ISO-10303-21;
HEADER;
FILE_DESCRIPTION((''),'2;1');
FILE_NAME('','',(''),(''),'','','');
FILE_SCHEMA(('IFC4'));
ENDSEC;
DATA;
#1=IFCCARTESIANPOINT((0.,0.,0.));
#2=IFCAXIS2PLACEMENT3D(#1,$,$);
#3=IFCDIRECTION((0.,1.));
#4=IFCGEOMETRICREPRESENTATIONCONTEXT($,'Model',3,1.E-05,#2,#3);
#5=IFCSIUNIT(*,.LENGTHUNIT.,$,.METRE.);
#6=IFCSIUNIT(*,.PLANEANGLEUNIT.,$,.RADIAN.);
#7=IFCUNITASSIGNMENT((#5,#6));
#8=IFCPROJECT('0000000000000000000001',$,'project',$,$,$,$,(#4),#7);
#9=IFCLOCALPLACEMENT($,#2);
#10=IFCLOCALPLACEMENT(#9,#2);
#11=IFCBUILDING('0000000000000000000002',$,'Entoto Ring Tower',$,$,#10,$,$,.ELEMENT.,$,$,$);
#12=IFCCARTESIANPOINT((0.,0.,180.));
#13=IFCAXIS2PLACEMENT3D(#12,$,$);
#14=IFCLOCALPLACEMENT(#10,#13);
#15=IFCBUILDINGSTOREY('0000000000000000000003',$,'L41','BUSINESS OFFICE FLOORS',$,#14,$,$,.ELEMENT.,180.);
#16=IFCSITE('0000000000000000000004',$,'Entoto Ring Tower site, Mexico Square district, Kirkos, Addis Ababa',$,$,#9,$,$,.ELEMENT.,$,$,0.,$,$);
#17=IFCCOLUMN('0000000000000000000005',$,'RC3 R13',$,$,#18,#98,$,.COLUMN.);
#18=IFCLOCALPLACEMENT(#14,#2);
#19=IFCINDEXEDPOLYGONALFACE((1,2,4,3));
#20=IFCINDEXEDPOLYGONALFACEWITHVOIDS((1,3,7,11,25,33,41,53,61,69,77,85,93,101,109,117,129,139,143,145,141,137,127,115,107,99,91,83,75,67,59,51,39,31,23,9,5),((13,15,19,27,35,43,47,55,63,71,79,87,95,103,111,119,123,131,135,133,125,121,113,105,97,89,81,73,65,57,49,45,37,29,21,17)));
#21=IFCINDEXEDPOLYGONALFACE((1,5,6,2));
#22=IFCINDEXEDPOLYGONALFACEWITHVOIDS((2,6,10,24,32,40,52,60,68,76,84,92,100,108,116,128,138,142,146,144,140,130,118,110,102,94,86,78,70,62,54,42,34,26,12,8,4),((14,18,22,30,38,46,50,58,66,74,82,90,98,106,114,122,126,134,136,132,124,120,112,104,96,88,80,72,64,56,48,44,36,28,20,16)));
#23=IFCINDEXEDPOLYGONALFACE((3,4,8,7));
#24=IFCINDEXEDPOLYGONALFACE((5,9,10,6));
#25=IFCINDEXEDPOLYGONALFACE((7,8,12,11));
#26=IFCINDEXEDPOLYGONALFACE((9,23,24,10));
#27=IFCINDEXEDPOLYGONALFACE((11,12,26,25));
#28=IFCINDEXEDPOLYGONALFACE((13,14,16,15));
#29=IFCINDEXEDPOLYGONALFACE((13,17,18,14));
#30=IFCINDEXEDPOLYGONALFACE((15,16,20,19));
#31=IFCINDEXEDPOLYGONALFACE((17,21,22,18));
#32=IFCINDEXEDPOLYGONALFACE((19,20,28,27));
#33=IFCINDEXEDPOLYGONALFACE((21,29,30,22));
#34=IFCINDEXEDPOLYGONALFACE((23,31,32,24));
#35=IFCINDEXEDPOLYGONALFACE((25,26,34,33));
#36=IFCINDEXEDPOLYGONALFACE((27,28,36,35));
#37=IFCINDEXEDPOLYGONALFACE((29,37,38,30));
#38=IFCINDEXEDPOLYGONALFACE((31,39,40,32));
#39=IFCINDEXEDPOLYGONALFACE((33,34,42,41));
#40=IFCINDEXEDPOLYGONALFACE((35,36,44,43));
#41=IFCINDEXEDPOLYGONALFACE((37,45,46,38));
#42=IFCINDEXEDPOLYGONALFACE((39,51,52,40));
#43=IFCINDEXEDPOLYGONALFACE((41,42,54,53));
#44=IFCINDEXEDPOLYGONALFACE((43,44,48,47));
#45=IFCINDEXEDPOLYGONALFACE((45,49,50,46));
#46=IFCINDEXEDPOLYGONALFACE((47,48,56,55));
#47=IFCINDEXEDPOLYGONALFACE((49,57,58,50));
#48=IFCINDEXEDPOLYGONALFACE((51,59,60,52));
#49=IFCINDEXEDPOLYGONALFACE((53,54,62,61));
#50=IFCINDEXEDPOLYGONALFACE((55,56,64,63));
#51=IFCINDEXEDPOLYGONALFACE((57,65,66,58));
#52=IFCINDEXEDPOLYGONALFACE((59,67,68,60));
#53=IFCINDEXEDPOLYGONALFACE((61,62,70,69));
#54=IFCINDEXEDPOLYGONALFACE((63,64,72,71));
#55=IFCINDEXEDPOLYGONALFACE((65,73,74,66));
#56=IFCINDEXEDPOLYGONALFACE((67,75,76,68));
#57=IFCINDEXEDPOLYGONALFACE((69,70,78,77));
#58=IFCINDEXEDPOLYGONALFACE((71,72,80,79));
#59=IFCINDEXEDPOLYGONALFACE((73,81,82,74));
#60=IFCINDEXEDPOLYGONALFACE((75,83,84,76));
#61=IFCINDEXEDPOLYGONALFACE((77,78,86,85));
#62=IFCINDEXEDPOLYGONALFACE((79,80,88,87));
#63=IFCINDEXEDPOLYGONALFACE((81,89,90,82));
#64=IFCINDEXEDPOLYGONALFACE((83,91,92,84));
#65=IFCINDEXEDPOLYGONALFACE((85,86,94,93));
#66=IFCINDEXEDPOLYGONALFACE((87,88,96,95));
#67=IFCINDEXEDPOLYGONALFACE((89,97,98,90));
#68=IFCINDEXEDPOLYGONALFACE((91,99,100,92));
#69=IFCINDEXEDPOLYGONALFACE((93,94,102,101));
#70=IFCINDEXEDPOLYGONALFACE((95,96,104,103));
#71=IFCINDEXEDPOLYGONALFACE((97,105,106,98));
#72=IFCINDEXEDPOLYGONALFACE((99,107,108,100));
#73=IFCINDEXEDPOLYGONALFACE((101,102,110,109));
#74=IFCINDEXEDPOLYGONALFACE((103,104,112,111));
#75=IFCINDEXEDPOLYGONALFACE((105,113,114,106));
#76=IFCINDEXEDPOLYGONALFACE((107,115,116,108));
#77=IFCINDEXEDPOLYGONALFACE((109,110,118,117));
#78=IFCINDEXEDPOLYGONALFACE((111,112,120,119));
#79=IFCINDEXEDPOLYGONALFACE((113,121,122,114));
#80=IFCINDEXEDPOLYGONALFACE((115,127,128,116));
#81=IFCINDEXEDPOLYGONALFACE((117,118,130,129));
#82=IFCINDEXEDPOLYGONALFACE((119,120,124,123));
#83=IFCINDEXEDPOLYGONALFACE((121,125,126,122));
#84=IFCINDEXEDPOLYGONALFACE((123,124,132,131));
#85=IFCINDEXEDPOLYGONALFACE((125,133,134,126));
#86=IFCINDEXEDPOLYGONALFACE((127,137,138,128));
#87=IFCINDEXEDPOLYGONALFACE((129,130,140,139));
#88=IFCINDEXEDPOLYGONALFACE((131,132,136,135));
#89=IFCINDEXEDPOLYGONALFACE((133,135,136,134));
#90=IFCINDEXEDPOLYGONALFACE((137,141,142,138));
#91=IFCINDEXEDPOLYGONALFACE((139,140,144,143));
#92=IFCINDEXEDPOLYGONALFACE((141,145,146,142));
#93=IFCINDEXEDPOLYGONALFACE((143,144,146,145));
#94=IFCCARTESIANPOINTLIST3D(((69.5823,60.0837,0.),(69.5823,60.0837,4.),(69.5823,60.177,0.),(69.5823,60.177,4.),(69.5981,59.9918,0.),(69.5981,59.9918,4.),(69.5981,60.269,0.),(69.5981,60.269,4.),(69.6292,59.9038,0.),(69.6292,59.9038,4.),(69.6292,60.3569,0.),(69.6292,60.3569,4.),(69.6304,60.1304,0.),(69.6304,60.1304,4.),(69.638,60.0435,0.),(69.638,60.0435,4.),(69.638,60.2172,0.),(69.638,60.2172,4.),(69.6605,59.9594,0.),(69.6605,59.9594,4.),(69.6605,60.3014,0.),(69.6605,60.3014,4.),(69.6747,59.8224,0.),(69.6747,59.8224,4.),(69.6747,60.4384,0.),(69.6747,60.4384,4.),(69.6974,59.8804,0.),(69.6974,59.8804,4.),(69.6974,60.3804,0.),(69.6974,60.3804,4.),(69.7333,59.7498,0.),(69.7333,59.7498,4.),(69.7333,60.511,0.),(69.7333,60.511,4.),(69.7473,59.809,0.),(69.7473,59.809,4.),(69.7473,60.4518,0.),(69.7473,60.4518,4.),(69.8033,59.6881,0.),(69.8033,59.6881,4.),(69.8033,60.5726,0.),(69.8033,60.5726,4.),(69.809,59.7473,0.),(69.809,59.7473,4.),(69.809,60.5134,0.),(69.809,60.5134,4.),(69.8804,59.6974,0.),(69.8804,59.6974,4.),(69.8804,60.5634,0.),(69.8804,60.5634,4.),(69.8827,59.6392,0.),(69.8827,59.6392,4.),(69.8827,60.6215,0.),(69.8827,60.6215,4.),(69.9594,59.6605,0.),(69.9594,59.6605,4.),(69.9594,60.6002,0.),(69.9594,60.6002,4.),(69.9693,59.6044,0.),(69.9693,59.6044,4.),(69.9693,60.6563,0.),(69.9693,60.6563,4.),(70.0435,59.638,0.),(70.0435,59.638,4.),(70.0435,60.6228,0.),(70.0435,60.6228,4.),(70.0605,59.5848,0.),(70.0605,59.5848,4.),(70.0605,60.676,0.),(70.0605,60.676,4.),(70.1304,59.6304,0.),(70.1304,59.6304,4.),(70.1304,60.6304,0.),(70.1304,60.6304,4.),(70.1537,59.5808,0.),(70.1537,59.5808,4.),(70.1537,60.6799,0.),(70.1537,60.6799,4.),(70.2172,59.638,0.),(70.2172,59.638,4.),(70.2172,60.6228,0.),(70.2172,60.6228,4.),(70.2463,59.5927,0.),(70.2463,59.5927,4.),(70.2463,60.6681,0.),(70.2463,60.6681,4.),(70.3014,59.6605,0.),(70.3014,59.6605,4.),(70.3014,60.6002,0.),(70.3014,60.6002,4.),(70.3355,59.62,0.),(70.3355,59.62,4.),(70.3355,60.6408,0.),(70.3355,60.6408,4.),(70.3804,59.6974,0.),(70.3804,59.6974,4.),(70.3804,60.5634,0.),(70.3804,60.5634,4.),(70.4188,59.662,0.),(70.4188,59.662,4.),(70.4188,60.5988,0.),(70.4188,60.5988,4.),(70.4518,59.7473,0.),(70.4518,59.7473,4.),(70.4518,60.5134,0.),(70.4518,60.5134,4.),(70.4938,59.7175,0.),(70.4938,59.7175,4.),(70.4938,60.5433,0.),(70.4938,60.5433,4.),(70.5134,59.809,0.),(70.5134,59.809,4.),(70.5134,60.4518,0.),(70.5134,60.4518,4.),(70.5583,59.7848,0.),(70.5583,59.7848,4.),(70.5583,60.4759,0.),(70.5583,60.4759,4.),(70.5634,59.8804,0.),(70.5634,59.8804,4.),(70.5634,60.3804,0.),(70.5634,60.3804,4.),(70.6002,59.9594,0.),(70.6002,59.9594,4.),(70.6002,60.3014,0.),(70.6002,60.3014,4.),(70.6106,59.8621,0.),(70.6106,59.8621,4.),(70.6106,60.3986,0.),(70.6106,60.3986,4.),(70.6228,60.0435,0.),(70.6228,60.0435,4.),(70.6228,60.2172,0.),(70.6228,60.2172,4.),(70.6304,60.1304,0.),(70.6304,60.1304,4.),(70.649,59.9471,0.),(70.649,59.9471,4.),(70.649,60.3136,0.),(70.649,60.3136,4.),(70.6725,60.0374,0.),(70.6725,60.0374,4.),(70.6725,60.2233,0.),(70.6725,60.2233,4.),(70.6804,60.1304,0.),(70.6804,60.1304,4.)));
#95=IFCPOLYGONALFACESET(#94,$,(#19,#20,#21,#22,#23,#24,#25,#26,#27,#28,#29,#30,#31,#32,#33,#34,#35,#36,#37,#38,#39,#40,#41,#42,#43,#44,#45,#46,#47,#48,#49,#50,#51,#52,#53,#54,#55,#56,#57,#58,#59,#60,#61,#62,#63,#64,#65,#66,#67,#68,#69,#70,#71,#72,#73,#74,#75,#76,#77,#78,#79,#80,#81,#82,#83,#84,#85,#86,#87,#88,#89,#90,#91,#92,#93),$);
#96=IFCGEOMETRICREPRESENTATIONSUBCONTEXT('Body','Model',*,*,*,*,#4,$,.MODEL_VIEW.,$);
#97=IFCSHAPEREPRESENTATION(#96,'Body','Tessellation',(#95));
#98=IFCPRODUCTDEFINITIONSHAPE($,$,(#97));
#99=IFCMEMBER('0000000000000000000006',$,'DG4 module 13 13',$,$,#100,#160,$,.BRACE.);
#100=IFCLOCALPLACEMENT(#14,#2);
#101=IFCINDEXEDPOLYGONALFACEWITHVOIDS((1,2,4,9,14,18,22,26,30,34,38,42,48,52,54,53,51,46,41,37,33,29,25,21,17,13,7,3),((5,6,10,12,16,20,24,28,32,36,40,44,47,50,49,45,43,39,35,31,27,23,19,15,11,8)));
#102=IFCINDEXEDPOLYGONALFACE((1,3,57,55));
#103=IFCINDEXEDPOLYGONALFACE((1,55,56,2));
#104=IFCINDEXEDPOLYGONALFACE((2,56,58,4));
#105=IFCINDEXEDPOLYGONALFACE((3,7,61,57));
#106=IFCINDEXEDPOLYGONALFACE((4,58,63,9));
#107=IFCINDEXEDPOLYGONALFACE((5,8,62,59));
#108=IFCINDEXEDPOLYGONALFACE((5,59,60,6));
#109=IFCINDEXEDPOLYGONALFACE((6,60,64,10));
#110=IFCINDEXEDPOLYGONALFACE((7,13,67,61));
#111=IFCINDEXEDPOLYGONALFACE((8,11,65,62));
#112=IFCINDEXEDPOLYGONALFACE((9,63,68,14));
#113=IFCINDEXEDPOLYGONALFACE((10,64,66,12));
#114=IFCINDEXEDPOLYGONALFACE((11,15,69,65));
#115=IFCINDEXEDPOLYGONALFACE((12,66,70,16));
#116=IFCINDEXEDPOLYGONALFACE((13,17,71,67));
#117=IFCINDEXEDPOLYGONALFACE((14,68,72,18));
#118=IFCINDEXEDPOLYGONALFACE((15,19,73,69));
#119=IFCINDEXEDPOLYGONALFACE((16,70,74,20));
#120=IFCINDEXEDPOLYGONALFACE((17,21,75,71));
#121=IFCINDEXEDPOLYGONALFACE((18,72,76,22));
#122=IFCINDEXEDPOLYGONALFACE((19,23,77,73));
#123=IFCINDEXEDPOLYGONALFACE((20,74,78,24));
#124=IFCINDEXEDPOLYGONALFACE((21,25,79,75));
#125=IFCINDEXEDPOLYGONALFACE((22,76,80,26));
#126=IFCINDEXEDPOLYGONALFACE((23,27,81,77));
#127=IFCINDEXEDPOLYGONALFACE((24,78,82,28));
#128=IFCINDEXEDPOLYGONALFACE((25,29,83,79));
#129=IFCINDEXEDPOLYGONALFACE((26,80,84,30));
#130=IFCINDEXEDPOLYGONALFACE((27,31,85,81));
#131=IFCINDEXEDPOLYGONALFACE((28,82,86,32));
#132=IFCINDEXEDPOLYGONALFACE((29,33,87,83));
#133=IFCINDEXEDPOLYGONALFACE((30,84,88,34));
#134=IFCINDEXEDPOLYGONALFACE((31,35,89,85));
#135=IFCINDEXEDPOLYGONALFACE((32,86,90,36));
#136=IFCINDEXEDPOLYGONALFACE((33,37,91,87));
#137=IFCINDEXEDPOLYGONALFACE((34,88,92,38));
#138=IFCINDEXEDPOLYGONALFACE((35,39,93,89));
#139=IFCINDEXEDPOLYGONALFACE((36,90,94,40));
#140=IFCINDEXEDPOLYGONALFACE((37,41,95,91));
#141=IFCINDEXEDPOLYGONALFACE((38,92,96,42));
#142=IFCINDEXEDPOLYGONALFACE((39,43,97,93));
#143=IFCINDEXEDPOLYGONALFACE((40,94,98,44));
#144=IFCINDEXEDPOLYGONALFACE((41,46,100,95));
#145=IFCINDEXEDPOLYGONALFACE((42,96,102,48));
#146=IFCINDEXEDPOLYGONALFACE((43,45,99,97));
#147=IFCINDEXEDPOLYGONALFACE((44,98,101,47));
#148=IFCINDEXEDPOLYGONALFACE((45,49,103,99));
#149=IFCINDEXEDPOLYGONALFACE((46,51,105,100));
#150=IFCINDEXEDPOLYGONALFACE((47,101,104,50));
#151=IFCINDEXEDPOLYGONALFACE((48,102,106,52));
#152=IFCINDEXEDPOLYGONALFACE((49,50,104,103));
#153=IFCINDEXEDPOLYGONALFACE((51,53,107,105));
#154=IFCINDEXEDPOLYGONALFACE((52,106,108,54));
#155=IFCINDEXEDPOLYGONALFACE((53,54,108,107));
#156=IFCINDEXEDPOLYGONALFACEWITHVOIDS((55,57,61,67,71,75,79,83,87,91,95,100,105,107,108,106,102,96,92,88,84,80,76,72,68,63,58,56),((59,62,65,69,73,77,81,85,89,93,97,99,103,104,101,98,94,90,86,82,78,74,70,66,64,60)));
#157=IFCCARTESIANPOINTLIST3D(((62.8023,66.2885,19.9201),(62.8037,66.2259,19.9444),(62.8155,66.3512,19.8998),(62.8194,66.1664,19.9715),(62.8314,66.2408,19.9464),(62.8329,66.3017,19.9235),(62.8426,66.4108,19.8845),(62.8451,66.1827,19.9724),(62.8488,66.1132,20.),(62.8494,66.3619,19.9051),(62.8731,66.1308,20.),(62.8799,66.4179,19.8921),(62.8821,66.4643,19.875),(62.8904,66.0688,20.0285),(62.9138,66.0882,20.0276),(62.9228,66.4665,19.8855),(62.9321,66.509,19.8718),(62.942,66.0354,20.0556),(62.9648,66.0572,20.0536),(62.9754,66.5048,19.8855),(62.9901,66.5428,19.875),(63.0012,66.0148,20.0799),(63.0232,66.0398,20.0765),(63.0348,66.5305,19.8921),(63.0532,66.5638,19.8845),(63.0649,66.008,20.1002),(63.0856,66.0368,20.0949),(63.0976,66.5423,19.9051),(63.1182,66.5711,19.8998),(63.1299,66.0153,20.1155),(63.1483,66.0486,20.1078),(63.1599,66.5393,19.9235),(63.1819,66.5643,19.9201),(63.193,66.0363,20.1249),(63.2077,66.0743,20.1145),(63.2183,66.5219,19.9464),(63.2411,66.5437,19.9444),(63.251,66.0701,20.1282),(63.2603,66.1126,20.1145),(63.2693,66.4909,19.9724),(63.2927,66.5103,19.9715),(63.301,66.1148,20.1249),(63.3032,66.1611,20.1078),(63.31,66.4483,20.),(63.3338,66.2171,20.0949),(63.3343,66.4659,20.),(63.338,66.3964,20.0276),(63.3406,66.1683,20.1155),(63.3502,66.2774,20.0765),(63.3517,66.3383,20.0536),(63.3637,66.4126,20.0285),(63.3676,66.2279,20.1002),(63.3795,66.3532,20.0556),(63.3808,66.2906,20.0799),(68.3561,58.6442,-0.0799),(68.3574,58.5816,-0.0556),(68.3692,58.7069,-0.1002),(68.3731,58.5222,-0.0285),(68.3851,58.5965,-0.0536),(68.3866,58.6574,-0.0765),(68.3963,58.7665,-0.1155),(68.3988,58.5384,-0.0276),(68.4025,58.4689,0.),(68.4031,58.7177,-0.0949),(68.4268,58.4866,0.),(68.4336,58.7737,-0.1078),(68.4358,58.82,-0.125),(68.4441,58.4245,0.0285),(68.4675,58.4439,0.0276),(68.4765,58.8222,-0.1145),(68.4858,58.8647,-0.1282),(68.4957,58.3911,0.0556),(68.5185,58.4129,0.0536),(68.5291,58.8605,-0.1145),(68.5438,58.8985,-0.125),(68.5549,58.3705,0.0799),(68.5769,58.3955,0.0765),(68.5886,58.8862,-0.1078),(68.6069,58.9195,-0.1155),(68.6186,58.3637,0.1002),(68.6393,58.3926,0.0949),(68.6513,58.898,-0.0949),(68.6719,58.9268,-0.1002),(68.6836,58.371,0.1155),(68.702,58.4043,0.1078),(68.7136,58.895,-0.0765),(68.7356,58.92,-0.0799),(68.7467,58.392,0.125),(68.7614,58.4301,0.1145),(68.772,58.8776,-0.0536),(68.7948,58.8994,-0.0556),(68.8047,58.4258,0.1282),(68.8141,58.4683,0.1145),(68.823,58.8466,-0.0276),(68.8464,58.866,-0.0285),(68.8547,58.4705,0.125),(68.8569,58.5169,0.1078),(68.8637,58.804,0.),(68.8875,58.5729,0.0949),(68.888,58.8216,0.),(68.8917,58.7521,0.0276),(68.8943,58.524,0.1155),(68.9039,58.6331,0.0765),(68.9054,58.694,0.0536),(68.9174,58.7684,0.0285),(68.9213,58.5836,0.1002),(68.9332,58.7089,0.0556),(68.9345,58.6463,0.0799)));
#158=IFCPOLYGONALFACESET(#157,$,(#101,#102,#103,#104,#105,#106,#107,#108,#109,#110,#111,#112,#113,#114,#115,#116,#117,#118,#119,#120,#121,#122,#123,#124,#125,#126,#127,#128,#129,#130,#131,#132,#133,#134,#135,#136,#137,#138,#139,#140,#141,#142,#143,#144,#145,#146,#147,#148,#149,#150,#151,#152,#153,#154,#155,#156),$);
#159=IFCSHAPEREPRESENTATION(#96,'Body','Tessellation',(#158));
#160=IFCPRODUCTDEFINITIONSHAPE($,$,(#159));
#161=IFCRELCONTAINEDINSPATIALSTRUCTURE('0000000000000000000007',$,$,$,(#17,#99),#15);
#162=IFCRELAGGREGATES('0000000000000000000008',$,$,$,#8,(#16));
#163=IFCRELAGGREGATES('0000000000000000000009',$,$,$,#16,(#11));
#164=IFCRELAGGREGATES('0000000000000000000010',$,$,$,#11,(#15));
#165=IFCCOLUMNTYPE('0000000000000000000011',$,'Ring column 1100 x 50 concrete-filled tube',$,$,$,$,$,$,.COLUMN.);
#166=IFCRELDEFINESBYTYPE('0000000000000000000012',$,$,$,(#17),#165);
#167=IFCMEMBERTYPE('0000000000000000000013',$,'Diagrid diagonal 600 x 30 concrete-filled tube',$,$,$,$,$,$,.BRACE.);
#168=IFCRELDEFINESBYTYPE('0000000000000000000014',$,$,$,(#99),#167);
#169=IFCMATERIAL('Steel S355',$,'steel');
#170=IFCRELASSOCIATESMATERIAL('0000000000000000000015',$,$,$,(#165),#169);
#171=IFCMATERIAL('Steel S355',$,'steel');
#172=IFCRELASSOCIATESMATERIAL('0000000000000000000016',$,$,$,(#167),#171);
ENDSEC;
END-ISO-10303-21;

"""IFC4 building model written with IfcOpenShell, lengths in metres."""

from ifc_helpers import new_model, si_unit, direction, frame, origin, origin_2d, place, context, subcontext, project, spatial, circle, hollow_circle, extrude, material, material_profile, profile_set, type_object, element, save


model = new_model("IFC4")

# Units and contexts
model_context = context("Model", 3, precision=1e-05, world=origin(), true_north=direction((0.0, 1.0)))
body_context = subcontext(model_context, "Body", "Model", "MODEL_VIEW")
ifc_project = project(units=[si_unit("LENGTHUNIT", "METRE"), si_unit("PLANEANGLEUNIT", "RADIAN")], contexts=[model_context])

# Site, building, storey
site_placement = place(None, origin())
site = spatial("IfcSite", under=ifc_project, at=site_placement, Name="Entoto Ring Tower site, Mexico Square district, Kirkos, Addis Ababa", CompositionType="ELEMENT", RefElevation=0.0)
building_placement = place(site_placement, origin())
building = spatial("IfcBuilding", under=site, at=building_placement, Name="Entoto Ring Tower", CompositionType="ELEMENT")
storey_placement = place(building_placement, frame((0.0, 0.0, 180.0)))
storey = spatial("IfcBuildingStorey", under=building, at=storey_placement, Name="L41", Description="BUSINESS OFFICE FLOORS", CompositionType="ELEMENT", Elevation=180.0)

# Column
ifc_material_1 = material(Name="Steel S355", Category="steel")
ifc_material_profile_1 = material_profile(ifc_material_1, hollow_circle(Radius=0.55, WallThickness=0.05, at=origin_2d()), Name="CHS 1100 x 50")
ifc_material_2 = material(Name="Concrete C60/75", Category="concrete")
ifc_material_profile_2 = material_profile(ifc_material_2, circle(Radius=0.5, at=origin_2d()), Name="Concrete C60/75 infill")
ifc_profile_set_1 = profile_set([ifc_material_profile_1, ifc_material_profile_2], Name="Steel S355")
column_type = type_object("IfcColumnType", Name="Ring column 1100 x 50 concrete-filled tube", PredefinedType="COLUMN", material=ifc_profile_set_1)
column_placement = place(storey_placement, frame((70.1304, 60.1304, 0.0), z_axis=(0.0, 0.0, 1.0), x_axis=(1.0, 0.0, 0.0)))
element("IfcColumn", 1, at=column_placement, inside=storey, type_object=column_type, Name="RC3 R13", PredefinedType="COLUMN", context=body_context, shape_type="SweptSolid", body=[
    extrude(hollow_circle(Radius=0.55, WallThickness=0.05, at=origin_2d()), origin(), (0.0, 0.0, 1.0), 4.0),
])

# Member
ifc_material_3 = material(Name="Steel S355", Category="steel")
ifc_material_profile_3 = material_profile(ifc_material_3, hollow_circle(Radius=0.3, WallThickness=0.03, at=origin_2d()), Name="CHS 600 x 30")
ifc_material_4 = material(Name="Concrete C60/75", Category="concrete")
ifc_material_profile_4 = material_profile(ifc_material_4, circle(Radius=0.27, at=origin_2d()), Name="Concrete C60/75 infill")
ifc_profile_set_2 = profile_set([ifc_material_profile_3, ifc_material_profile_4], Name="Steel S355")
member_type_1 = type_object("IfcMemberType", Name="Diagrid diagonal 600 x 30 concrete-filled tube", PredefinedType="BRACE", material=ifc_profile_set_2)
for number, where, z_axis, x_axis, name in (
    (2, (68.6453, 58.6453, 0.0), (-0.251076, 0.345588, 0.904174), (-0.809026, -0.587772, 0.0), "DG4 module 13 13"),
):
    element("IfcMember", number, at=place(storey_placement, frame(where, z_axis=z_axis, x_axis=x_axis)), inside=storey, type_object=member_type_1, Name=name, PredefinedType="BRACE", context=body_context, shape_type="SweptSolid", body=[
        extrude(hollow_circle(Radius=0.3, WallThickness=0.03, at=origin_2d()), origin(), (0.0, 0.0, 1.0), 22.1196),
    ])

save(model, "model.ifc")
